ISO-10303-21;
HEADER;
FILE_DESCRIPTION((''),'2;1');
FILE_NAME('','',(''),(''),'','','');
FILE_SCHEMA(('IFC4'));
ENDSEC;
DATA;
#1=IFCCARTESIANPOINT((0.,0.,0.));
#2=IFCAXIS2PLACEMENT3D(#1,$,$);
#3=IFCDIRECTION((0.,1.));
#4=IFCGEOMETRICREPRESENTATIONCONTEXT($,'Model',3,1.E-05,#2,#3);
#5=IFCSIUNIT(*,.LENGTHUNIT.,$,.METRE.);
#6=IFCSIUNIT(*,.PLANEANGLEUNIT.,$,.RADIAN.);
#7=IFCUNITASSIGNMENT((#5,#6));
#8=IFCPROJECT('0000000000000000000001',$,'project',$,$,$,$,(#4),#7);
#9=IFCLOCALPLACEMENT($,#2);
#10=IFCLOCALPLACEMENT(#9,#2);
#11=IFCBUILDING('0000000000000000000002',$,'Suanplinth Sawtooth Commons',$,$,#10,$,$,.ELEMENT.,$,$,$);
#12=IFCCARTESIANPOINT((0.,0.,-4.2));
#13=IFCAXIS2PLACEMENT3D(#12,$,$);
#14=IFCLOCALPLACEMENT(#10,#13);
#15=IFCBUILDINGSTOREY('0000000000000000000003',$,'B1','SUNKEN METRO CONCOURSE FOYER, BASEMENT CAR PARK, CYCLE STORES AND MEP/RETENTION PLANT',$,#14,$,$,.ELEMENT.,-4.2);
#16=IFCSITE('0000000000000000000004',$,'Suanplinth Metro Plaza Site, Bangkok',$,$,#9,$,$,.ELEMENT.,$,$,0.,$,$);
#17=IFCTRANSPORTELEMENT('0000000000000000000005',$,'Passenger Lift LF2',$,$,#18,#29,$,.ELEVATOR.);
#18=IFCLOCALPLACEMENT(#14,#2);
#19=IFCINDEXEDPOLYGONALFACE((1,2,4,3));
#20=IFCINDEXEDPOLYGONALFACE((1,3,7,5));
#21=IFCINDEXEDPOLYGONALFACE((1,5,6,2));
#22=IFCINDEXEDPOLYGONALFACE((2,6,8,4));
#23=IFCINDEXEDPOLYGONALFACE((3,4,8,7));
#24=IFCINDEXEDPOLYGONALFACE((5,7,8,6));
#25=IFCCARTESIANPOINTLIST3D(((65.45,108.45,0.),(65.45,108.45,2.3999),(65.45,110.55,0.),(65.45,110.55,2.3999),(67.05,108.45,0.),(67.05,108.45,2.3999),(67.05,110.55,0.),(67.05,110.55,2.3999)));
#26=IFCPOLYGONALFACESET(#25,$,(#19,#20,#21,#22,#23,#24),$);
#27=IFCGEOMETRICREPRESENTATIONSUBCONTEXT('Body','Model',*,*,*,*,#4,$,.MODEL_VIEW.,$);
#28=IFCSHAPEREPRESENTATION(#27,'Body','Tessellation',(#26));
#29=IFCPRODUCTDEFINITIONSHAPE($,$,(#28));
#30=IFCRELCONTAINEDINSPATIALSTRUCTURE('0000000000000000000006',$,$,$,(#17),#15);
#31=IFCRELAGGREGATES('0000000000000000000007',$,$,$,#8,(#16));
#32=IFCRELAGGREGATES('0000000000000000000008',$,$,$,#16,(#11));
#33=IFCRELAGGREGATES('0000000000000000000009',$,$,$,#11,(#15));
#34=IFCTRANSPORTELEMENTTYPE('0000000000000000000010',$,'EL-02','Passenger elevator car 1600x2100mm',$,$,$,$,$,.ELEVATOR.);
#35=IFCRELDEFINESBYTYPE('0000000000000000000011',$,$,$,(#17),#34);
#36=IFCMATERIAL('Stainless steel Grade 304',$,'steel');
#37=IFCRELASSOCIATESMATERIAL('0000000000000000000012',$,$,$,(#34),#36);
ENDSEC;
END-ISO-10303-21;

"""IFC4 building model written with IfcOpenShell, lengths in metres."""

from ifc_helpers import new_model, si_unit, direction, frame, origin, origin_2d, place, context, subcontext, project, spatial, rectangle, extrude, material, type_object, element, save


model = new_model("IFC4")

# Units and contexts
model_context = context("Model", 3, precision=1e-05, world=origin(), true_north=direction((0.0, 1.0)))
body_context = subcontext(model_context, "Body", "Model", "MODEL_VIEW")
ifc_project = project(units=[si_unit("LENGTHUNIT", "METRE"), si_unit("PLANEANGLEUNIT", "RADIAN")], contexts=[model_context])

# Site, building, storey
site_placement = place(None, origin())
site = spatial("IfcSite", under=ifc_project, at=site_placement, Name="Suanplinth Metro Plaza Site, Bangkok", CompositionType="ELEMENT", RefElevation=0.0)
building_placement = place(site_placement, origin())
building = spatial("IfcBuilding", under=site, at=building_placement, Name="Suanplinth Sawtooth Commons", CompositionType="ELEMENT")
storey_placement = place(building_placement, frame((0.0, 0.0, -4.2)))
storey = spatial("IfcBuildingStorey", under=building, at=storey_placement, Name="B1", Description="SUNKEN METRO CONCOURSE FOYER, BASEMENT CAR PARK, CYCLE STORES AND MEP/RETENTION PLANT", CompositionType="ELEMENT", Elevation=-4.2)

# Shared definitions
ifc_material_1 = material(Name="Stainless steel Grade 304", Category="steel")

# Transport element
transport_element_type = type_object("IfcTransportElementType", Name="EL-02", Description="Passenger elevator car 1600x2100mm", PredefinedType="ELEVATOR", material=ifc_material_1)
transport_element_placement = place(storey_placement, frame((66.25, 109.5, 0.0), z_axis=(0.0, 0.0, 1.0), x_axis=(1.0, 0.0, 0.0)))
element("IfcTransportElement", 1, at=transport_element_placement, inside=storey, type_object=transport_element_type, Name="Passenger Lift LF2", PredefinedType="ELEVATOR", context=body_context, shape_type="SweptSolid", body=[
    extrude(rectangle(XDim=1.6001, YDim=2.1001, at=origin_2d()), origin(), (0.0, 0.0, 1.0), 2.3999),
])

save(model, "model.ifc")
